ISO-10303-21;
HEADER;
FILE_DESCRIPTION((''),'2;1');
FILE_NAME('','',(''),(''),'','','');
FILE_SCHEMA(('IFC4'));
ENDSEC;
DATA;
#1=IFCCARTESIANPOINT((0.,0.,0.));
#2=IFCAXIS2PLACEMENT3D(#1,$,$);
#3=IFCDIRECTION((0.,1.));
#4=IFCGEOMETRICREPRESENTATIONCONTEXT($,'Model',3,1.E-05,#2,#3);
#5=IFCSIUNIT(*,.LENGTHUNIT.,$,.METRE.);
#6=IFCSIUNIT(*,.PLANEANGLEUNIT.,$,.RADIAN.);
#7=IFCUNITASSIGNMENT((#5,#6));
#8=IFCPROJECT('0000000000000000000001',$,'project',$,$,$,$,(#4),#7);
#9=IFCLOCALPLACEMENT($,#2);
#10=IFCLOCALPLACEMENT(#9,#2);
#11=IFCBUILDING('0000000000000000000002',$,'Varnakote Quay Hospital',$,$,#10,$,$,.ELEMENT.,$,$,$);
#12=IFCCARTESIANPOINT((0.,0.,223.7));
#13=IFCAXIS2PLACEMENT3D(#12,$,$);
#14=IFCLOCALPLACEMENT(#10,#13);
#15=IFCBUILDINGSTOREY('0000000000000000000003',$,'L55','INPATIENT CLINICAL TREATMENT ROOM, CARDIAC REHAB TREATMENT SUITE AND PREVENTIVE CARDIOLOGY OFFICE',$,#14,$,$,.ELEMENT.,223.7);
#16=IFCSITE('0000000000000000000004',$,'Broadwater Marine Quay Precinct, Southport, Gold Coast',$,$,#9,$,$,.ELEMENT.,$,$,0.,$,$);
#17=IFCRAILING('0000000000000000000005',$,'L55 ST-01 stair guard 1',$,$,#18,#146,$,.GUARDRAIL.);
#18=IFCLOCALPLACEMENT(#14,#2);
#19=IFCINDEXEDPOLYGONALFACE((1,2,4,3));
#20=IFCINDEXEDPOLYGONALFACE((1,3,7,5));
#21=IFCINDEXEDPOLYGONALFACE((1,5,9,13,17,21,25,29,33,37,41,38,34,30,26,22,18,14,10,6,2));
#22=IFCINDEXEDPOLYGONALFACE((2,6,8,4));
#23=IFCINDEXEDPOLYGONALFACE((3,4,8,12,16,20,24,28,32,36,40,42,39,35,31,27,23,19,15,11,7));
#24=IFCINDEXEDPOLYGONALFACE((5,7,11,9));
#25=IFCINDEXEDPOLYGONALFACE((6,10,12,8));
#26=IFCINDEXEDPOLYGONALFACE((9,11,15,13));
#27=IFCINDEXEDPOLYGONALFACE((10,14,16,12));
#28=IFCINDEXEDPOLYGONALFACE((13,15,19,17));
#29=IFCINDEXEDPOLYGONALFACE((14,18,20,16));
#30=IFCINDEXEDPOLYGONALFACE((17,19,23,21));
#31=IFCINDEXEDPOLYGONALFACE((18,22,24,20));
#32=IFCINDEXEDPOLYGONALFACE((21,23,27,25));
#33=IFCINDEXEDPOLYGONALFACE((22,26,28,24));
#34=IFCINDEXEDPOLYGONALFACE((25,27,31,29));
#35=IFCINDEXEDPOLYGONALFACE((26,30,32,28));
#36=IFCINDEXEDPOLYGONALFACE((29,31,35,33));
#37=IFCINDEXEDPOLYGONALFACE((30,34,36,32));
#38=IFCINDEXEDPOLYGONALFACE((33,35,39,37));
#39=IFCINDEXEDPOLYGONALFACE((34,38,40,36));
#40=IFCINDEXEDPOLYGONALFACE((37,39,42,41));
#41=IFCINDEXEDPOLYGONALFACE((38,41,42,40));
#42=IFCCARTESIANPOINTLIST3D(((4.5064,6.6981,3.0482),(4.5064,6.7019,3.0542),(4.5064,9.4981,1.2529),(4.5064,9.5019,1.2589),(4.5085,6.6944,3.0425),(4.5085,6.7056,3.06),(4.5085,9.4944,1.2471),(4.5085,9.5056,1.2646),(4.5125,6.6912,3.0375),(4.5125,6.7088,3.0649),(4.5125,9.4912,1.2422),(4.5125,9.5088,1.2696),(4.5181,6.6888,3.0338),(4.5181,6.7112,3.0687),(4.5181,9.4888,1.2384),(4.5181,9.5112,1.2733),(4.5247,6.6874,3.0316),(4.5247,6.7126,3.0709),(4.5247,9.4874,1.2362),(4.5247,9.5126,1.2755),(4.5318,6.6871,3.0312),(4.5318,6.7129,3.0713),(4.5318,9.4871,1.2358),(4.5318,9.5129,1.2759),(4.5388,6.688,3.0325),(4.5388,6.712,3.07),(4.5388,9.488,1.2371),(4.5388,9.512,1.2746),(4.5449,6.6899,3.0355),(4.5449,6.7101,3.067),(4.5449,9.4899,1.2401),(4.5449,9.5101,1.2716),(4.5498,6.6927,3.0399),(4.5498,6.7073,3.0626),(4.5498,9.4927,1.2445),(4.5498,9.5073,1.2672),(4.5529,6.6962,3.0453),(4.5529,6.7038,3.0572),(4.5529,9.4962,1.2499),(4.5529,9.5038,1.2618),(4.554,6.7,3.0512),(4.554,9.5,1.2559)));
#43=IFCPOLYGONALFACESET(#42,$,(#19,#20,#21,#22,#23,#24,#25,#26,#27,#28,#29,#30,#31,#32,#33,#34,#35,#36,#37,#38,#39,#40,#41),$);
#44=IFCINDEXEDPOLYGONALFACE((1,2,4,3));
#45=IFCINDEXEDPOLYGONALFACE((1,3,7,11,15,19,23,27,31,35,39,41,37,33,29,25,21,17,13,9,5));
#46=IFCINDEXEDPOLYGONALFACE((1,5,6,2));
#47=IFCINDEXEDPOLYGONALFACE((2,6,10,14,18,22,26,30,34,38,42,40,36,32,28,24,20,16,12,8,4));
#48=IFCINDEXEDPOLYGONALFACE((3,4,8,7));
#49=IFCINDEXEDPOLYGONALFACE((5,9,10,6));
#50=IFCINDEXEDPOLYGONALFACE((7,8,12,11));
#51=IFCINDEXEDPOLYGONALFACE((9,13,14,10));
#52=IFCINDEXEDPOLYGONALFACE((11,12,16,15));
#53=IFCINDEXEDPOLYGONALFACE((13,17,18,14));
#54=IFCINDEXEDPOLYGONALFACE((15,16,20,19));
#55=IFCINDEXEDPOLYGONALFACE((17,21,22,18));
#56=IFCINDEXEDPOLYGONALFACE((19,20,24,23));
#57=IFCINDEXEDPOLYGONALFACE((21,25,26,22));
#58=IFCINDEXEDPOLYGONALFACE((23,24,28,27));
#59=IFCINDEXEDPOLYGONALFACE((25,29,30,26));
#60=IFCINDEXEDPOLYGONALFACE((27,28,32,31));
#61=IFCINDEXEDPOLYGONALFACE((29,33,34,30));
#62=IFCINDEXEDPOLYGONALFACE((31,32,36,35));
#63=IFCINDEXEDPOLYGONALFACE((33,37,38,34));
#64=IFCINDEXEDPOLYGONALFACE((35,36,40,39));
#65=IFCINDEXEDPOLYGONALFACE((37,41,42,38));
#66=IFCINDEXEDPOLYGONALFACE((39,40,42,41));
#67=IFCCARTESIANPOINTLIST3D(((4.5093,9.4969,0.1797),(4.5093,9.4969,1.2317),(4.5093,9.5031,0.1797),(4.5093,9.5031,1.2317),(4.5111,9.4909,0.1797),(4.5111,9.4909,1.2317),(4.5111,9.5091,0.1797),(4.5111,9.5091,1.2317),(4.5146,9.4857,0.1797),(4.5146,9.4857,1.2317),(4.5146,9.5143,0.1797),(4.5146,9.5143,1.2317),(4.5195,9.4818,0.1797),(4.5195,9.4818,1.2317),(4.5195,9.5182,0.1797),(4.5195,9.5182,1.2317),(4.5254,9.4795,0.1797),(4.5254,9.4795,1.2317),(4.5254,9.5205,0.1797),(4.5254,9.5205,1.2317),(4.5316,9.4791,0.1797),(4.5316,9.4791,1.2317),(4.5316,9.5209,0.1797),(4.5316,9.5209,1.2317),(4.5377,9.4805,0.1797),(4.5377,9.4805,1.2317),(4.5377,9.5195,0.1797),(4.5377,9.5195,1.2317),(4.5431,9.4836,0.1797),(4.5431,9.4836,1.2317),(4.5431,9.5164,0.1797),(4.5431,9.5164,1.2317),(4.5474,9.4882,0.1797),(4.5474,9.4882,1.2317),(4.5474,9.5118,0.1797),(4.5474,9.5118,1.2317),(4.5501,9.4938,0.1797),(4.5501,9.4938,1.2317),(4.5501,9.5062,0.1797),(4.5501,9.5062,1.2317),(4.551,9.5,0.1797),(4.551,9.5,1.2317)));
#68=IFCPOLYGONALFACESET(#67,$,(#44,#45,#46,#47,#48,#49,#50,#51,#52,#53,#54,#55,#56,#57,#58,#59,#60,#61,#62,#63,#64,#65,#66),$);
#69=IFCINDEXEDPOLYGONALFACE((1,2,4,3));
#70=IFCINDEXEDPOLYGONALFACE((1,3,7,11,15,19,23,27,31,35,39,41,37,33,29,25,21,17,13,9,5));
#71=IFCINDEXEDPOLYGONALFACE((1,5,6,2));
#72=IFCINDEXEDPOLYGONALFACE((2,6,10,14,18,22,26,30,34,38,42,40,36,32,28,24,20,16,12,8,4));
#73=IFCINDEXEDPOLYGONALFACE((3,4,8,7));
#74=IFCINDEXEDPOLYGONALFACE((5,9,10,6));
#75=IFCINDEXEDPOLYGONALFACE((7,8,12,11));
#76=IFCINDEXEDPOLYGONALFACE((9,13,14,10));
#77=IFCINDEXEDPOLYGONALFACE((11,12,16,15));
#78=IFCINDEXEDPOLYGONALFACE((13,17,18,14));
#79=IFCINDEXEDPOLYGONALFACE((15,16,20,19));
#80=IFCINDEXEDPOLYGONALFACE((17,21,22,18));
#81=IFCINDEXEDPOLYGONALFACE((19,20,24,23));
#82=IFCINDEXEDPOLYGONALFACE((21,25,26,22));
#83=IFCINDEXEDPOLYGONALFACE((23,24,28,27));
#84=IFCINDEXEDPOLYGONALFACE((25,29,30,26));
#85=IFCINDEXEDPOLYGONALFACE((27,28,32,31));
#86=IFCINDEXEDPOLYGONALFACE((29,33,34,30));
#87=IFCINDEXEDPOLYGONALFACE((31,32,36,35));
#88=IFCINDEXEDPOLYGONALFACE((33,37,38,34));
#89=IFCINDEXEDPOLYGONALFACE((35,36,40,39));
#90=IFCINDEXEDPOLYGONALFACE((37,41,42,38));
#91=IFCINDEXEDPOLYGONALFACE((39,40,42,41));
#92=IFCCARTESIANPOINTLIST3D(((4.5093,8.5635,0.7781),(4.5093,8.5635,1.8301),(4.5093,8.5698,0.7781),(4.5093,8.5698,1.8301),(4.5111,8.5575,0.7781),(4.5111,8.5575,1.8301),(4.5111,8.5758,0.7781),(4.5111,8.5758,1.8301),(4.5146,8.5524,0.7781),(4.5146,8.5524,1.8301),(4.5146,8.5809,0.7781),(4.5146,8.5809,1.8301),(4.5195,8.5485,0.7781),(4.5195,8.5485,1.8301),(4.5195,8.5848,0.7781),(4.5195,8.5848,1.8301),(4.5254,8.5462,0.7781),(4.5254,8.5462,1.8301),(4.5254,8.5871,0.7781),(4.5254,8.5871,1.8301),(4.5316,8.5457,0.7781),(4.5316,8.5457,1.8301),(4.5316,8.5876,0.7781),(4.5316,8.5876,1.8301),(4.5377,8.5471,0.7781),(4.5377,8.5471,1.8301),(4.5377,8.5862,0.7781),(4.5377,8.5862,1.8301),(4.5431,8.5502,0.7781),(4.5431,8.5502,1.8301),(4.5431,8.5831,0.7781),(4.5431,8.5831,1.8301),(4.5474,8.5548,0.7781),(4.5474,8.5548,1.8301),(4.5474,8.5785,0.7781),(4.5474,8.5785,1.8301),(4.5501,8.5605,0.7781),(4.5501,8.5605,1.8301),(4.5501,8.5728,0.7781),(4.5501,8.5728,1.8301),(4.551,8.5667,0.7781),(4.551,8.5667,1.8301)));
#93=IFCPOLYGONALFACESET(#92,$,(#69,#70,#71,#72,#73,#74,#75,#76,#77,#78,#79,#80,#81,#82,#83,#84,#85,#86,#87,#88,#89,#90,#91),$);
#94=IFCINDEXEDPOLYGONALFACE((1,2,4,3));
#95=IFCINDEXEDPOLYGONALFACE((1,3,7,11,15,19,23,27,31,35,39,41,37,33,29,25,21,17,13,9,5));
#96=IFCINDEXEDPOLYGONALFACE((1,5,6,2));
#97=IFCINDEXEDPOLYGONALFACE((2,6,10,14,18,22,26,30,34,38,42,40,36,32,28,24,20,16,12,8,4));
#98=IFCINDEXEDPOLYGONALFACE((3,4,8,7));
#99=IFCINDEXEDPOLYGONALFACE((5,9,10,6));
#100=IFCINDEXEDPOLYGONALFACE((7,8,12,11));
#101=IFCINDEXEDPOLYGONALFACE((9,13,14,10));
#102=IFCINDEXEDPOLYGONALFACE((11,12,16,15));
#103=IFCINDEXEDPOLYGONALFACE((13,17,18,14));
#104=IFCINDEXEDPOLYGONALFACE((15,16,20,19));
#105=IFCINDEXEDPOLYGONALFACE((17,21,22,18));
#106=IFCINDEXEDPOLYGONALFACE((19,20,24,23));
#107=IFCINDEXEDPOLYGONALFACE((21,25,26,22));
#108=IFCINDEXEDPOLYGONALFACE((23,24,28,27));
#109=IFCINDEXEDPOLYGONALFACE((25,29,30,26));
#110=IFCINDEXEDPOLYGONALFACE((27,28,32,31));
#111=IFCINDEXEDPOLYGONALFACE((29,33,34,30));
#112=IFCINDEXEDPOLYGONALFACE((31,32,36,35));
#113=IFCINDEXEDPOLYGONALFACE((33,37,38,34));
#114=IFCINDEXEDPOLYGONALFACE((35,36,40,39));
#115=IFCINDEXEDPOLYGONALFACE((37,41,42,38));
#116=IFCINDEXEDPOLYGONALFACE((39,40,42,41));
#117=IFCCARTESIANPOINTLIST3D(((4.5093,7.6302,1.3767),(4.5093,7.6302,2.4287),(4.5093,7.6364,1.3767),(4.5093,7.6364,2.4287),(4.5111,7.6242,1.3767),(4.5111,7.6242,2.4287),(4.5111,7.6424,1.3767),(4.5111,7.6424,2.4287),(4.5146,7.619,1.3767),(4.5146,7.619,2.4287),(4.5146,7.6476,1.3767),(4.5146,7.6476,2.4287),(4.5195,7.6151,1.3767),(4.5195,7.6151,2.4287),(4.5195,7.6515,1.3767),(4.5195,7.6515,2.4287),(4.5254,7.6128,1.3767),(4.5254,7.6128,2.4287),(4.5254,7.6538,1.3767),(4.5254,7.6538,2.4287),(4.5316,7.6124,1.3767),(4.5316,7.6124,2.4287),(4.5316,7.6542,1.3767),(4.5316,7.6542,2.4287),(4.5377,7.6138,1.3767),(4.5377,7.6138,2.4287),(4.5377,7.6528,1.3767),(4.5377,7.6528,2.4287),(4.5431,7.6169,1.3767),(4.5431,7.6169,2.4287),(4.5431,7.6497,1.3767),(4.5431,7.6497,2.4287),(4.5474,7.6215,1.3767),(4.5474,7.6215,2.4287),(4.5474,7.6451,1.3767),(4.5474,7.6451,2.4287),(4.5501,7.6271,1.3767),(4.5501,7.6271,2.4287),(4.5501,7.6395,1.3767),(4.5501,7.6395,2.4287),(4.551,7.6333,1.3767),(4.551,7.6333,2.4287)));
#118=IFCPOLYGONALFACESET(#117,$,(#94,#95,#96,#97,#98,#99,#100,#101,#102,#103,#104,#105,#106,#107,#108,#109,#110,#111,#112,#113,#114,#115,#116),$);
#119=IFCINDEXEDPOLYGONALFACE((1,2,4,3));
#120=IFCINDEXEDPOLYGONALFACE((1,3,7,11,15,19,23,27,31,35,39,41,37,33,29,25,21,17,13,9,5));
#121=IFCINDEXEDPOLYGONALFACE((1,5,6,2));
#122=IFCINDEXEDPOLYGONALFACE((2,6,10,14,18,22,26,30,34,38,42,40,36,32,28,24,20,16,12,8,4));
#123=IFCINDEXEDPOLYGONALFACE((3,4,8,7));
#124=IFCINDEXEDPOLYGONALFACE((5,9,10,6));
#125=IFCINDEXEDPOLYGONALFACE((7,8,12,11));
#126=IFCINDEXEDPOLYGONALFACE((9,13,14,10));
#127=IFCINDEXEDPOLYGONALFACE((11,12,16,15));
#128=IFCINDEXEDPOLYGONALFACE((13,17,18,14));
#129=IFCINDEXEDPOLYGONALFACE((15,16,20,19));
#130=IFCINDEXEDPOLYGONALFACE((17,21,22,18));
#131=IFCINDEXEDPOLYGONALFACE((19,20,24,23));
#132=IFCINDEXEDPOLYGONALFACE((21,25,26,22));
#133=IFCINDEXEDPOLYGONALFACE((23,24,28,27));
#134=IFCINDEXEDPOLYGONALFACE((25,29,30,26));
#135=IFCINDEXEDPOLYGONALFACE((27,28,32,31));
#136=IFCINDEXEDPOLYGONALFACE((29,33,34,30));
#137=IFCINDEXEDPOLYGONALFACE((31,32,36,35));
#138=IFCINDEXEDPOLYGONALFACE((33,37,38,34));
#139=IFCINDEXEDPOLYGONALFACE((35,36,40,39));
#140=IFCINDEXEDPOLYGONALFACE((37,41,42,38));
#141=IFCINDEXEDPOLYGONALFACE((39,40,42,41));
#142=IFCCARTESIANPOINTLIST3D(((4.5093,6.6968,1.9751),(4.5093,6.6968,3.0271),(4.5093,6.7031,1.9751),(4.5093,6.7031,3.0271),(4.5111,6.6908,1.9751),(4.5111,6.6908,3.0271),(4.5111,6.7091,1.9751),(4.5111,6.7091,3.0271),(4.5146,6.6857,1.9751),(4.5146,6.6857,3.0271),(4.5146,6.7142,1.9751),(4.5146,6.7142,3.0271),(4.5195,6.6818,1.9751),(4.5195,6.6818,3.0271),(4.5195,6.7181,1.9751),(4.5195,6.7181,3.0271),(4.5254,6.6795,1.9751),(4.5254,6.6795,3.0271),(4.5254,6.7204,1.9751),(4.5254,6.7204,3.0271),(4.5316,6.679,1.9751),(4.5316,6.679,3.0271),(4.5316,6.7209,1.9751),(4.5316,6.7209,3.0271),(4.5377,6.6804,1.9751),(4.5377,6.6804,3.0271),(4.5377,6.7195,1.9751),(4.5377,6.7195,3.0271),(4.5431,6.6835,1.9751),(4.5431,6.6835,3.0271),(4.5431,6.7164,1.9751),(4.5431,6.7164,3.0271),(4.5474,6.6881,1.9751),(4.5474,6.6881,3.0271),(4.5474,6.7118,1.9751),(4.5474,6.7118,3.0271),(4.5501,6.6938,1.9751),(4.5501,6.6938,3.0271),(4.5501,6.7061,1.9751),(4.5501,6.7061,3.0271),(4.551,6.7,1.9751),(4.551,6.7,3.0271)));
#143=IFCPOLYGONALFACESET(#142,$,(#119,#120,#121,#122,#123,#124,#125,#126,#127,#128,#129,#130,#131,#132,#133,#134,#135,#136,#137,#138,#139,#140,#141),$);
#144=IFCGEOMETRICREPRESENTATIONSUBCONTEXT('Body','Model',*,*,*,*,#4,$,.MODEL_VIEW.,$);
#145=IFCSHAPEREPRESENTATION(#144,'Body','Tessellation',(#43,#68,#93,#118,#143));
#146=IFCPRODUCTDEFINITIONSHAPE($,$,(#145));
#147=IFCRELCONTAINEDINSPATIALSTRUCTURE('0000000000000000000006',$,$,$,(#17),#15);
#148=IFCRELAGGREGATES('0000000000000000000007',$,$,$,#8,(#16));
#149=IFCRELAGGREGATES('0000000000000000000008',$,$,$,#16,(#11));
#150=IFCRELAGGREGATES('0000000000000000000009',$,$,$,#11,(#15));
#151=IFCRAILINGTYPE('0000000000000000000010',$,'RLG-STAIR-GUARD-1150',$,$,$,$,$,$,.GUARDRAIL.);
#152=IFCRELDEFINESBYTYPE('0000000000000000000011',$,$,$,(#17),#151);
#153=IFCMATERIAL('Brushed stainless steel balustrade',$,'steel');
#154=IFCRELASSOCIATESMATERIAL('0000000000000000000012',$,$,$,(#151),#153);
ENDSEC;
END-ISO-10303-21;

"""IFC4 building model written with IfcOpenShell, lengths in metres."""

from ifc_helpers import new_model, si_unit, direction, frame, origin, origin_2d, place, context, subcontext, project, spatial, circle, extrude, material, type_object, element, save


model = new_model("IFC4")

# Units and contexts
model_context = context("Model", 3, precision=1e-05, world=origin(), true_north=direction((0.0, 1.0)))
body_context = subcontext(model_context, "Body", "Model", "MODEL_VIEW")
ifc_project = project(units=[si_unit("LENGTHUNIT", "METRE"), si_unit("PLANEANGLEUNIT", "RADIAN")], contexts=[model_context])

# Site, building, storey
site_placement = place(None, origin())
site = spatial("IfcSite", under=ifc_project, at=site_placement, Name="Broadwater Marine Quay Precinct, Southport, Gold Coast", CompositionType="ELEMENT", RefElevation=0.0)
building_placement = place(site_placement, origin())
building = spatial("IfcBuilding", under=site, at=building_placement, Name="Varnakote Quay Hospital", CompositionType="ELEMENT")
storey_placement = place(building_placement, frame((0.0, 0.0, 223.7)))
storey = spatial("IfcBuildingStorey", under=building, at=storey_placement, Name="L55", Description="INPATIENT CLINICAL TREATMENT ROOM, CARDIAC REHAB TREATMENT SUITE AND PREVENTIVE CARDIOLOGY OFFICE", CompositionType="ELEMENT", Elevation=223.7)

# Railing
ifc_material_1 = material(Name="Brushed stainless steel balustrade", Category="steel")
railing_type_1 = type_object("IfcRailingType", Name="RLG-STAIR-GUARD-1150", PredefinedType="GUARDRAIL", material=ifc_material_1)
railing_1_placement = place(storey_placement, frame((4.53, 9.5, 0.1797)))
element("IfcRailing", 1, at=railing_1_placement, inside=storey, type_object=railing_type_1, Name="L55 ST-01 stair guard 1", PredefinedType="GUARDRAIL", context=body_context, shape_type="SweptSolid", body=[
    extrude(circle(Radius=0.0239, at=origin_2d()), frame((0.0, 0.0, 1.0762), z_axis=(0.0, -0.84181, 0.539774), x_axis=(1.0, 0.0, 0.0)), (0.0, 0.0, 1.0), 3.3262),
    extrude(circle(Radius=0.021, at=origin_2d()), origin(), (0.0, 0.0, 1.0), 1.052),
    extrude(circle(Radius=0.021, at=origin_2d()), frame((0.0, -0.9333, 0.5984)), (0.0, 0.0, 1.0), 1.052),
    extrude(circle(Radius=0.021, at=origin_2d()), frame((0.0, -1.8667, 1.197)), (0.0, 0.0, 1.0), 1.052),
    extrude(circle(Radius=0.021, at=origin_2d()), frame((0.0, -2.8, 1.7954)), (0.0, 0.0, 1.0), 1.052),
])

save(model, "model.ifc")
